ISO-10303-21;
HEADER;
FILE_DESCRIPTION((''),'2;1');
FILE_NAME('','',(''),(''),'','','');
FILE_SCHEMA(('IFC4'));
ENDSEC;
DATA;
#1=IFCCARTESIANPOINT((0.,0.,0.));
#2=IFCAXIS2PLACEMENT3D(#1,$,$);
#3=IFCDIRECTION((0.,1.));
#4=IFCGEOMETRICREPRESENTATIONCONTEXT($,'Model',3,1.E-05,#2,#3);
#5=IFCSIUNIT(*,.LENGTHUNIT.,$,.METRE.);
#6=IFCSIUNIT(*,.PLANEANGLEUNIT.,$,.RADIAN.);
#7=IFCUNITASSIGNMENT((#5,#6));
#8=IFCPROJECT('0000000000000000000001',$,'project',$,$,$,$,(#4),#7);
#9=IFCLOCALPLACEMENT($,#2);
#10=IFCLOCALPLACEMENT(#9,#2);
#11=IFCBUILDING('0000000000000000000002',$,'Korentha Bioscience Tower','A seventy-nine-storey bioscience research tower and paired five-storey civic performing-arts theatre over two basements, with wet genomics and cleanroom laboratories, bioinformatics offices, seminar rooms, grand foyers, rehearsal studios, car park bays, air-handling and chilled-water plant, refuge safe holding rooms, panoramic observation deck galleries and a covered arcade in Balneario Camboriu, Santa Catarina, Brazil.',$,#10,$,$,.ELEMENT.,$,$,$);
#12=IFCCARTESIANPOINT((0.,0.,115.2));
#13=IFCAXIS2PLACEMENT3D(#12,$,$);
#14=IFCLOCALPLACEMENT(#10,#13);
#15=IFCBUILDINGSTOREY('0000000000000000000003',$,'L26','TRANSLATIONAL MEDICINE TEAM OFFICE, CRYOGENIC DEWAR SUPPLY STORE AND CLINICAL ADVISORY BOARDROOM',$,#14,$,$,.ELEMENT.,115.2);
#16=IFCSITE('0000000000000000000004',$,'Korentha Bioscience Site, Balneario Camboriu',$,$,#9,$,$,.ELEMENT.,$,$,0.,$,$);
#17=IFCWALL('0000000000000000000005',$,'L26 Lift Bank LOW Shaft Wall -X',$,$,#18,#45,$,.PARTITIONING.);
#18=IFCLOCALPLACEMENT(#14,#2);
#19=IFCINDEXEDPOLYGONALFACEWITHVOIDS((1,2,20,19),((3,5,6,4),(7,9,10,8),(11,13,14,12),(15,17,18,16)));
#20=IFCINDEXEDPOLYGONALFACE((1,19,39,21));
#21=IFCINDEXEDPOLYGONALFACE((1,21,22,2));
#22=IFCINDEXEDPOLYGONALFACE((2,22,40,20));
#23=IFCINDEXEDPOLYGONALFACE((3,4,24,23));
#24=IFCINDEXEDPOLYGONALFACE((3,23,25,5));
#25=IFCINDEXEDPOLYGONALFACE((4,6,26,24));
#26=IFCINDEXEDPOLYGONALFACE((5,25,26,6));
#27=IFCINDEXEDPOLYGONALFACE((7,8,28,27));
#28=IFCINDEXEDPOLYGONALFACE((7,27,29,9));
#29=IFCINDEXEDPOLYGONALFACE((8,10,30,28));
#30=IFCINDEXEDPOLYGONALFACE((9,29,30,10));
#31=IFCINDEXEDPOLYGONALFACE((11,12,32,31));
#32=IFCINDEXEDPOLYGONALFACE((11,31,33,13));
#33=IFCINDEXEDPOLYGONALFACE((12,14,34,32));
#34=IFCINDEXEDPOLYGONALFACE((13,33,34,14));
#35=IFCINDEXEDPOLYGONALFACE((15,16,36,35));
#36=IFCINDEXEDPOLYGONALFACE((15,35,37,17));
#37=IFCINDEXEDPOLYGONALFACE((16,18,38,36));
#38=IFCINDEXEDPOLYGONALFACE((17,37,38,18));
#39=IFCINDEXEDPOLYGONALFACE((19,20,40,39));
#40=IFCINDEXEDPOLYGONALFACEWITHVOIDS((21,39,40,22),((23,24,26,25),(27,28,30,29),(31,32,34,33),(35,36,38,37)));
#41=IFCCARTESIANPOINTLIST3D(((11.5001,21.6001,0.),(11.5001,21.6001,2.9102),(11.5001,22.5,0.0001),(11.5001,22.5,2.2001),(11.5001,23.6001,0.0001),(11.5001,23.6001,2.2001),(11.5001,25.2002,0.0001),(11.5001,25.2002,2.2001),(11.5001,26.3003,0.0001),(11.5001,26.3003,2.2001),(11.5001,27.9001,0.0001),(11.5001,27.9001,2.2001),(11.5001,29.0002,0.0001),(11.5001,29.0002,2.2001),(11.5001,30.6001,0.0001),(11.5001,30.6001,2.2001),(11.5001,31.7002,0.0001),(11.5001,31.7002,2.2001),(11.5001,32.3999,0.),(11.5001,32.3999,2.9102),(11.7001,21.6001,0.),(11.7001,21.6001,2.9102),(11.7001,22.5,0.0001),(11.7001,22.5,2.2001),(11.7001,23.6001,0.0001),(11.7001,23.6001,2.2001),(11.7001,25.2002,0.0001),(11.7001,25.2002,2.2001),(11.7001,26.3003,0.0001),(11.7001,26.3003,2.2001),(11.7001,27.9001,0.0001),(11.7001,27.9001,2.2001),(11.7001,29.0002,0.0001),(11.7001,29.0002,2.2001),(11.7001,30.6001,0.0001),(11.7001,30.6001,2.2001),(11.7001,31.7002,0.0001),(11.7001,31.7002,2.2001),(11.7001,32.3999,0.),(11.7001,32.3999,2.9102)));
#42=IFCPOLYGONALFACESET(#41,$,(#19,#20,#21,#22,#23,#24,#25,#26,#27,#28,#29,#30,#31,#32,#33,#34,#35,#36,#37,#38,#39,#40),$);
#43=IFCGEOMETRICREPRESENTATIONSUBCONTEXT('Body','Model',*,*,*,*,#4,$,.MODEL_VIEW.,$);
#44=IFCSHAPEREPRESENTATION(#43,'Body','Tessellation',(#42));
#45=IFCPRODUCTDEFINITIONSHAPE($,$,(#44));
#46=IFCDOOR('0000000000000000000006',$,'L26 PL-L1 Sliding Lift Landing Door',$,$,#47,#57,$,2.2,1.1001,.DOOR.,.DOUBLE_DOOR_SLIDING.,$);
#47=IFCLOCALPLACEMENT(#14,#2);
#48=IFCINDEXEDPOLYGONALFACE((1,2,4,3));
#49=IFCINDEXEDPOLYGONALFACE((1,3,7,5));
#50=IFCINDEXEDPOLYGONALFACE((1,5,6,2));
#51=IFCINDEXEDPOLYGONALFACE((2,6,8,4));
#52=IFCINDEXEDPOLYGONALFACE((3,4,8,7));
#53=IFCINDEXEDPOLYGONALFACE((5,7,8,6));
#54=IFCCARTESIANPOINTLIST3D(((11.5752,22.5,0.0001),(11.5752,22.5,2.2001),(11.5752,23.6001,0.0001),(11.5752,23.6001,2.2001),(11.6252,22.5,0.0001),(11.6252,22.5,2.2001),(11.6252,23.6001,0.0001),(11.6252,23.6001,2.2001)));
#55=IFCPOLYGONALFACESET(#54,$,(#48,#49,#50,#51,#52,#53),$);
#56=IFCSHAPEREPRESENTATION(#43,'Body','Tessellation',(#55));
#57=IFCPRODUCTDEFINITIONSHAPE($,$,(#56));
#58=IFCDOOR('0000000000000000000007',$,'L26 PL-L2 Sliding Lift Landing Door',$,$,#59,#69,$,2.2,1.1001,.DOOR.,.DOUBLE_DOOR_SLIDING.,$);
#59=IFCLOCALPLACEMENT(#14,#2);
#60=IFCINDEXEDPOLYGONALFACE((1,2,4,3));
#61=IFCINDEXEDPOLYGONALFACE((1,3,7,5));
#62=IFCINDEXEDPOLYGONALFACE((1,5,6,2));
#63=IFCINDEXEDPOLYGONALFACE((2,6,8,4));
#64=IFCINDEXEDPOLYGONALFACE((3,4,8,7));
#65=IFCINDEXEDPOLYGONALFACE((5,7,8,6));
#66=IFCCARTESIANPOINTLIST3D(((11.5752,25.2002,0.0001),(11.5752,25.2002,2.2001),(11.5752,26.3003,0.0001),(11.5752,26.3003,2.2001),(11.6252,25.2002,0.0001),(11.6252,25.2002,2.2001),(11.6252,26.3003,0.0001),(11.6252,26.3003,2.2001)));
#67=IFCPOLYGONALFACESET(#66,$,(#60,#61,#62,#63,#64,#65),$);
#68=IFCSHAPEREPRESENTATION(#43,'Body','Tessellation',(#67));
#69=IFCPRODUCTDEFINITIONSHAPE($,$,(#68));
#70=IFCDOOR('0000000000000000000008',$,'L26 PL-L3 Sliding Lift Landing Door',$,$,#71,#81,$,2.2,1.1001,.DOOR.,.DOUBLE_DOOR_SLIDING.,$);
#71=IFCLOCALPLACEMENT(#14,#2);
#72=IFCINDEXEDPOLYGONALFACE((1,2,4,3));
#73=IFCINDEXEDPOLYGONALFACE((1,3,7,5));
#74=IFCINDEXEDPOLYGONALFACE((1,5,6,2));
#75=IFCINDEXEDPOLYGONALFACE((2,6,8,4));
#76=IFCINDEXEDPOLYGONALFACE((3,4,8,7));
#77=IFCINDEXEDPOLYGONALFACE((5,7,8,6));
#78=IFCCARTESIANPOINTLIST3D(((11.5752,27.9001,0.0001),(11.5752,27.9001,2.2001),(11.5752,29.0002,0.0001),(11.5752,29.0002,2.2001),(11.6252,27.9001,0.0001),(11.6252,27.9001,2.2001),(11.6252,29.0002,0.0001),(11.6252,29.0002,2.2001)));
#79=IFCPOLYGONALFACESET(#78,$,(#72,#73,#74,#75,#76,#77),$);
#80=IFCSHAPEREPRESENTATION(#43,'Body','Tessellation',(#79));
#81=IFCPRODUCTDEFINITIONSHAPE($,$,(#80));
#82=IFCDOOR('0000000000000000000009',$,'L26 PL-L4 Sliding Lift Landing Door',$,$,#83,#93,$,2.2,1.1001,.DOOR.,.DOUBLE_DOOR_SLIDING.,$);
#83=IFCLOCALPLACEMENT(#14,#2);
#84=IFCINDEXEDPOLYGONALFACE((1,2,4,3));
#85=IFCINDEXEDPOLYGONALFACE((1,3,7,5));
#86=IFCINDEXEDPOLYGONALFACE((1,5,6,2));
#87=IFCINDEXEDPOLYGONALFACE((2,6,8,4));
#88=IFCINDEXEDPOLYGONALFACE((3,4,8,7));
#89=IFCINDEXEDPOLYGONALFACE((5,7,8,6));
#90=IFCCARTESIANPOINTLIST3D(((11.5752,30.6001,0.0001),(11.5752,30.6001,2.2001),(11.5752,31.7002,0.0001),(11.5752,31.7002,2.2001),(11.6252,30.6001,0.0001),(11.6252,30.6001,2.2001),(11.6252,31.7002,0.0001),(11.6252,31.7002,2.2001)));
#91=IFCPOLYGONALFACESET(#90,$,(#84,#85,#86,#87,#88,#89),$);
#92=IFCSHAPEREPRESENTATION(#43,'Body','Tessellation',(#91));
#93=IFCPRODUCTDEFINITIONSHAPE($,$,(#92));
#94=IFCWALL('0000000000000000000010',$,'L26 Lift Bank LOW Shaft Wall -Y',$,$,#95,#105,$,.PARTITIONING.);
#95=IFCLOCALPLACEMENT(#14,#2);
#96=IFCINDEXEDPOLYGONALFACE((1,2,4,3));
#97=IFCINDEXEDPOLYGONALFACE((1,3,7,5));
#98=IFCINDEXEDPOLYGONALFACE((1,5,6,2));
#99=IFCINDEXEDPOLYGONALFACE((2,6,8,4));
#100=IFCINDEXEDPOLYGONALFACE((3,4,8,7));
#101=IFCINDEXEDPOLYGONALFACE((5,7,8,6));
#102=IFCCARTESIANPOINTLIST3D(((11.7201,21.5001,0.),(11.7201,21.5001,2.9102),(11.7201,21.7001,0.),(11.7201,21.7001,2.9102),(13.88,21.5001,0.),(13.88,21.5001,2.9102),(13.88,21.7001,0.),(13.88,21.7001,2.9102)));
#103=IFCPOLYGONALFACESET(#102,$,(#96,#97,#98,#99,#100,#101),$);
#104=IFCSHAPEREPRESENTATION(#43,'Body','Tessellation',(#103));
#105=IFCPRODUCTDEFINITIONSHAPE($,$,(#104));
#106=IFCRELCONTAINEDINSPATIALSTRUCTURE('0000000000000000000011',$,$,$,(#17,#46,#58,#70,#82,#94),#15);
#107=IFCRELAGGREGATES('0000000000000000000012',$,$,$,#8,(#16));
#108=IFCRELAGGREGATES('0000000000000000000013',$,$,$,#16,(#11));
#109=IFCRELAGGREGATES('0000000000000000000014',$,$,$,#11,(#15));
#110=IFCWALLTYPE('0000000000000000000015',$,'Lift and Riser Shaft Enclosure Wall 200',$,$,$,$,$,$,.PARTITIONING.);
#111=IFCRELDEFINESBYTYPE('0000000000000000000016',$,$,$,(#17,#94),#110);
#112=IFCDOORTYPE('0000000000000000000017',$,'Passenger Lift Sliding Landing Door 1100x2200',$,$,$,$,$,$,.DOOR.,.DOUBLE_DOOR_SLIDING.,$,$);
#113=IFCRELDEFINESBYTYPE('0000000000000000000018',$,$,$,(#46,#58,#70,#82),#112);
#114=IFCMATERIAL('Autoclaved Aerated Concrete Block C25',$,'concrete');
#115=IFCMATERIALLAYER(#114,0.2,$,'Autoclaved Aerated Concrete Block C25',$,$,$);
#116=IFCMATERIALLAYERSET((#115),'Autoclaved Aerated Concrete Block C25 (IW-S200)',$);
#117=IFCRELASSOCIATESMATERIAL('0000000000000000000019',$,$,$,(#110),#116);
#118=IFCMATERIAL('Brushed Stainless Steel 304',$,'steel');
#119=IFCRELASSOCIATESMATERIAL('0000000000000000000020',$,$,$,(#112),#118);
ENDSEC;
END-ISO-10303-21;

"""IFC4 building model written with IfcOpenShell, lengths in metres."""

from ifc_helpers import new_model, si_unit, direction, frame, frame_2d, origin, place, context, subcontext, project, spatial, rectangle, extrude, material, layer, layer_set, type_object, element, fill, save


model = new_model("IFC4")

# Units and contexts
model_context = context("Model", 3, precision=1e-05, world=origin(), true_north=direction((0.0, 1.0)))
body_context = subcontext(model_context, "Body", "Model", "MODEL_VIEW")
ifc_project = project(units=[si_unit("LENGTHUNIT", "METRE"), si_unit("PLANEANGLEUNIT", "RADIAN")], contexts=[model_context])

# Site, building, storey
site_placement = place(None, origin())
site = spatial("IfcSite", under=ifc_project, at=site_placement, Name="Korentha Bioscience Site, Balneario Camboriu", CompositionType="ELEMENT", RefElevation=0.0)
building_placement = place(site_placement, origin())
building = spatial("IfcBuilding", under=site, at=building_placement, Name="Korentha Bioscience Tower", Description="A seventy-nine-storey bioscience research tower and paired five-storey civic performing-arts theatre over two basements, with wet genomics and cleanroom laboratories, bioinformatics offices, seminar rooms, grand foyers, rehearsal studios, car park bays, air-handling and chilled-water plant, refuge safe holding rooms, panoramic observation deck galleries and a covered arcade in Balneario Camboriu, Santa Catarina, Brazil.", CompositionType="ELEMENT")
storey_placement = place(building_placement, frame((0.0, 0.0, 115.2)))
storey = spatial("IfcBuildingStorey", under=building, at=storey_placement, Name="L26", Description="TRANSLATIONAL MEDICINE TEAM OFFICE, CRYOGENIC DEWAR SUPPLY STORE AND CLINICAL ADVISORY BOARDROOM", CompositionType="ELEMENT", Elevation=115.2)

# Wall, openings, doors
ifc_material_1 = material(Name="Autoclaved Aerated Concrete Block C25", Category="concrete")
ifc_layer_1 = layer(ifc_material_1, 0.2, Name="Autoclaved Aerated Concrete Block C25")
ifc_layer_set_1 = layer_set([ifc_layer_1], Name="Autoclaved Aerated Concrete Block C25 (IW-S200)")
wall_type_1 = type_object("IfcWallType", Name="Lift and Riser Shaft Enclosure Wall 200", PredefinedType="PARTITIONING", material=ifc_layer_set_1)
wall_1_placement = place(storey_placement, frame((11.6001, 21.6001, 0.0), z_axis=(0.0, 0.0, 1.0), x_axis=(0.0, 1.0, 0.0)))
wall_1 = element("IfcWall", 1, at=wall_1_placement, inside=storey, type_object=wall_type_1, Name="L26 Lift Bank LOW Shaft Wall -X", PredefinedType="PARTITIONING", context=body_context, shape_type="SweptSolid", body=[
    extrude(rectangle(XDim=10.7998, YDim=0.2, at=frame_2d((5.3999, 0.0))), origin(), (0.0, 0.0, 1.0), 2.9102),
])
opening_1_placement = place(wall_1_placement, frame((0.8999, 0.0, 0.0)))
opening_1 = element("IfcOpeningElement", 2, at=opening_1_placement, cuts=wall_1, PredefinedType="OPENING", context=body_context, shape_type="SweptSolid", body=[
    extrude(rectangle(XDim=1.1001, YDim=2.2, at=frame_2d((0.55, 1.1001))), frame((0.0, 0.1147, 0.0), z_axis=(0.0, -1.0, 0.0), x_axis=(1.0, 0.0, 0.0)), (0.0, 0.0, 1.0), 0.2297),
])
opening_2_placement = place(wall_1_placement, frame((3.6001, 0.0, 0.0)))
opening_2 = element("IfcOpeningElement", 3, at=opening_2_placement, cuts=wall_1, PredefinedType="OPENING", context=body_context, shape_type="SweptSolid", body=[
    extrude(rectangle(XDim=1.1001, YDim=2.2, at=frame_2d((0.55, 1.1001))), frame((0.0, 0.1147, 0.0), z_axis=(0.0, -1.0, 0.0), x_axis=(1.0, 0.0, 0.0)), (0.0, 0.0, 1.0), 0.2297),
])
opening_3_placement = place(wall_1_placement, frame((6.3, 0.0, 0.0)))
opening_3 = element("IfcOpeningElement", 4, at=opening_3_placement, cuts=wall_1, PredefinedType="OPENING", context=body_context, shape_type="SweptSolid", body=[
    extrude(rectangle(XDim=1.1001, YDim=2.2, at=frame_2d((0.55, 1.1001))), frame((0.0, 0.1147, 0.0), z_axis=(0.0, -1.0, 0.0), x_axis=(1.0, 0.0, 0.0)), (0.0, 0.0, 1.0), 0.2297),
])
opening_4_placement = place(wall_1_placement, frame((9.0, 0.0, 0.0)))
opening_4 = element("IfcOpeningElement", 5, at=opening_4_placement, cuts=wall_1, PredefinedType="OPENING", context=body_context, shape_type="SweptSolid", body=[
    extrude(rectangle(XDim=1.1001, YDim=2.2, at=frame_2d((0.55, 1.1001))), frame((0.0, 0.1147, 0.0), z_axis=(0.0, -1.0, 0.0), x_axis=(1.0, 0.0, 0.0)), (0.0, 0.0, 1.0), 0.2297),
])
ifc_material_2 = material(Name="Brushed Stainless Steel 304", Category="steel")
door_type_1 = type_object("IfcDoorType", Name="Passenger Lift Sliding Landing Door 1100x2200", OperationType="DOUBLE_DOOR_SLIDING", PredefinedType="DOOR", material=ifc_material_2)
door_1_placement = place(opening_1_placement, origin())
door_1 = element("IfcDoor", 6, at=door_1_placement, inside=storey, type_object=door_type_1, Name="L26 PL-L1 Sliding Lift Landing Door", OperationType="DOUBLE_DOOR_SLIDING", OverallHeight=2.2, OverallWidth=1.1001, PredefinedType="DOOR", context=body_context, shape_type="SweptSolid", body=[
    extrude(rectangle(XDim=1.1001, YDim=2.2, at=frame_2d((0.55, 1.1001))), frame((0.0, 0.0249, 0.0), z_axis=(0.0, -1.0, 0.0), x_axis=(1.0, 0.0, 0.0)), (0.0, 0.0, 1.0), 0.05),
])
fill(opening_1, door_1)
door_2_placement = place(opening_2_placement, origin())
door_2 = element("IfcDoor", 7, at=door_2_placement, inside=storey, type_object=door_type_1, Name="L26 PL-L2 Sliding Lift Landing Door", OperationType="DOUBLE_DOOR_SLIDING", OverallHeight=2.2, OverallWidth=1.1001, PredefinedType="DOOR", context=body_context, shape_type="SweptSolid", body=[
    extrude(rectangle(XDim=1.1001, YDim=2.2, at=frame_2d((0.55, 1.1001))), frame((0.0, 0.0249, 0.0), z_axis=(0.0, -1.0, 0.0), x_axis=(1.0, 0.0, 0.0)), (0.0, 0.0, 1.0), 0.05),
])
fill(opening_2, door_2)
door_3_placement = place(opening_3_placement, origin())
door_3 = element("IfcDoor", 8, at=door_3_placement, inside=storey, type_object=door_type_1, Name="L26 PL-L3 Sliding Lift Landing Door", OperationType="DOUBLE_DOOR_SLIDING", OverallHeight=2.2, OverallWidth=1.1001, PredefinedType="DOOR", context=body_context, shape_type="SweptSolid", body=[
    extrude(rectangle(XDim=1.1001, YDim=2.2, at=frame_2d((0.55, 1.1001))), frame((0.0, 0.0249, 0.0), z_axis=(0.0, -1.0, 0.0), x_axis=(1.0, 0.0, 0.0)), (0.0, 0.0, 1.0), 0.05),
])
fill(opening_3, door_3)
door_4_placement = place(opening_4_placement, origin())
door_4 = element("IfcDoor", 9, at=door_4_placement, inside=storey, type_object=door_type_1, Name="L26 PL-L4 Sliding Lift Landing Door", OperationType="DOUBLE_DOOR_SLIDING", OverallHeight=2.2, OverallWidth=1.1001, PredefinedType="DOOR", context=body_context, shape_type="SweptSolid", body=[
    extrude(rectangle(XDim=1.1001, YDim=2.2, at=frame_2d((0.55, 1.1001))), frame((0.0, 0.0249, 0.0), z_axis=(0.0, -1.0, 0.0), x_axis=(1.0, 0.0, 0.0)), (0.0, 0.0, 1.0), 0.05),
])
fill(opening_4, door_4)

# Wall
wall_2_placement = place(storey_placement, frame((11.72, 21.6001, 0.0), z_axis=(0.0, 0.0, 1.0), x_axis=(1.0, 0.0, 0.0)))
element("IfcWall", 10, at=wall_2_placement, inside=storey, type_object=wall_type_1, Name="L26 Lift Bank LOW Shaft Wall -Y", PredefinedType="PARTITIONING", context=body_context, shape_type="SweptSolid", body=[
    extrude(rectangle(XDim=2.1599, YDim=0.2, at=frame_2d((1.0801, 0.0))), origin(), (0.0, 0.0, 1.0), 2.9102),
])

save(model, "model.ifc")
